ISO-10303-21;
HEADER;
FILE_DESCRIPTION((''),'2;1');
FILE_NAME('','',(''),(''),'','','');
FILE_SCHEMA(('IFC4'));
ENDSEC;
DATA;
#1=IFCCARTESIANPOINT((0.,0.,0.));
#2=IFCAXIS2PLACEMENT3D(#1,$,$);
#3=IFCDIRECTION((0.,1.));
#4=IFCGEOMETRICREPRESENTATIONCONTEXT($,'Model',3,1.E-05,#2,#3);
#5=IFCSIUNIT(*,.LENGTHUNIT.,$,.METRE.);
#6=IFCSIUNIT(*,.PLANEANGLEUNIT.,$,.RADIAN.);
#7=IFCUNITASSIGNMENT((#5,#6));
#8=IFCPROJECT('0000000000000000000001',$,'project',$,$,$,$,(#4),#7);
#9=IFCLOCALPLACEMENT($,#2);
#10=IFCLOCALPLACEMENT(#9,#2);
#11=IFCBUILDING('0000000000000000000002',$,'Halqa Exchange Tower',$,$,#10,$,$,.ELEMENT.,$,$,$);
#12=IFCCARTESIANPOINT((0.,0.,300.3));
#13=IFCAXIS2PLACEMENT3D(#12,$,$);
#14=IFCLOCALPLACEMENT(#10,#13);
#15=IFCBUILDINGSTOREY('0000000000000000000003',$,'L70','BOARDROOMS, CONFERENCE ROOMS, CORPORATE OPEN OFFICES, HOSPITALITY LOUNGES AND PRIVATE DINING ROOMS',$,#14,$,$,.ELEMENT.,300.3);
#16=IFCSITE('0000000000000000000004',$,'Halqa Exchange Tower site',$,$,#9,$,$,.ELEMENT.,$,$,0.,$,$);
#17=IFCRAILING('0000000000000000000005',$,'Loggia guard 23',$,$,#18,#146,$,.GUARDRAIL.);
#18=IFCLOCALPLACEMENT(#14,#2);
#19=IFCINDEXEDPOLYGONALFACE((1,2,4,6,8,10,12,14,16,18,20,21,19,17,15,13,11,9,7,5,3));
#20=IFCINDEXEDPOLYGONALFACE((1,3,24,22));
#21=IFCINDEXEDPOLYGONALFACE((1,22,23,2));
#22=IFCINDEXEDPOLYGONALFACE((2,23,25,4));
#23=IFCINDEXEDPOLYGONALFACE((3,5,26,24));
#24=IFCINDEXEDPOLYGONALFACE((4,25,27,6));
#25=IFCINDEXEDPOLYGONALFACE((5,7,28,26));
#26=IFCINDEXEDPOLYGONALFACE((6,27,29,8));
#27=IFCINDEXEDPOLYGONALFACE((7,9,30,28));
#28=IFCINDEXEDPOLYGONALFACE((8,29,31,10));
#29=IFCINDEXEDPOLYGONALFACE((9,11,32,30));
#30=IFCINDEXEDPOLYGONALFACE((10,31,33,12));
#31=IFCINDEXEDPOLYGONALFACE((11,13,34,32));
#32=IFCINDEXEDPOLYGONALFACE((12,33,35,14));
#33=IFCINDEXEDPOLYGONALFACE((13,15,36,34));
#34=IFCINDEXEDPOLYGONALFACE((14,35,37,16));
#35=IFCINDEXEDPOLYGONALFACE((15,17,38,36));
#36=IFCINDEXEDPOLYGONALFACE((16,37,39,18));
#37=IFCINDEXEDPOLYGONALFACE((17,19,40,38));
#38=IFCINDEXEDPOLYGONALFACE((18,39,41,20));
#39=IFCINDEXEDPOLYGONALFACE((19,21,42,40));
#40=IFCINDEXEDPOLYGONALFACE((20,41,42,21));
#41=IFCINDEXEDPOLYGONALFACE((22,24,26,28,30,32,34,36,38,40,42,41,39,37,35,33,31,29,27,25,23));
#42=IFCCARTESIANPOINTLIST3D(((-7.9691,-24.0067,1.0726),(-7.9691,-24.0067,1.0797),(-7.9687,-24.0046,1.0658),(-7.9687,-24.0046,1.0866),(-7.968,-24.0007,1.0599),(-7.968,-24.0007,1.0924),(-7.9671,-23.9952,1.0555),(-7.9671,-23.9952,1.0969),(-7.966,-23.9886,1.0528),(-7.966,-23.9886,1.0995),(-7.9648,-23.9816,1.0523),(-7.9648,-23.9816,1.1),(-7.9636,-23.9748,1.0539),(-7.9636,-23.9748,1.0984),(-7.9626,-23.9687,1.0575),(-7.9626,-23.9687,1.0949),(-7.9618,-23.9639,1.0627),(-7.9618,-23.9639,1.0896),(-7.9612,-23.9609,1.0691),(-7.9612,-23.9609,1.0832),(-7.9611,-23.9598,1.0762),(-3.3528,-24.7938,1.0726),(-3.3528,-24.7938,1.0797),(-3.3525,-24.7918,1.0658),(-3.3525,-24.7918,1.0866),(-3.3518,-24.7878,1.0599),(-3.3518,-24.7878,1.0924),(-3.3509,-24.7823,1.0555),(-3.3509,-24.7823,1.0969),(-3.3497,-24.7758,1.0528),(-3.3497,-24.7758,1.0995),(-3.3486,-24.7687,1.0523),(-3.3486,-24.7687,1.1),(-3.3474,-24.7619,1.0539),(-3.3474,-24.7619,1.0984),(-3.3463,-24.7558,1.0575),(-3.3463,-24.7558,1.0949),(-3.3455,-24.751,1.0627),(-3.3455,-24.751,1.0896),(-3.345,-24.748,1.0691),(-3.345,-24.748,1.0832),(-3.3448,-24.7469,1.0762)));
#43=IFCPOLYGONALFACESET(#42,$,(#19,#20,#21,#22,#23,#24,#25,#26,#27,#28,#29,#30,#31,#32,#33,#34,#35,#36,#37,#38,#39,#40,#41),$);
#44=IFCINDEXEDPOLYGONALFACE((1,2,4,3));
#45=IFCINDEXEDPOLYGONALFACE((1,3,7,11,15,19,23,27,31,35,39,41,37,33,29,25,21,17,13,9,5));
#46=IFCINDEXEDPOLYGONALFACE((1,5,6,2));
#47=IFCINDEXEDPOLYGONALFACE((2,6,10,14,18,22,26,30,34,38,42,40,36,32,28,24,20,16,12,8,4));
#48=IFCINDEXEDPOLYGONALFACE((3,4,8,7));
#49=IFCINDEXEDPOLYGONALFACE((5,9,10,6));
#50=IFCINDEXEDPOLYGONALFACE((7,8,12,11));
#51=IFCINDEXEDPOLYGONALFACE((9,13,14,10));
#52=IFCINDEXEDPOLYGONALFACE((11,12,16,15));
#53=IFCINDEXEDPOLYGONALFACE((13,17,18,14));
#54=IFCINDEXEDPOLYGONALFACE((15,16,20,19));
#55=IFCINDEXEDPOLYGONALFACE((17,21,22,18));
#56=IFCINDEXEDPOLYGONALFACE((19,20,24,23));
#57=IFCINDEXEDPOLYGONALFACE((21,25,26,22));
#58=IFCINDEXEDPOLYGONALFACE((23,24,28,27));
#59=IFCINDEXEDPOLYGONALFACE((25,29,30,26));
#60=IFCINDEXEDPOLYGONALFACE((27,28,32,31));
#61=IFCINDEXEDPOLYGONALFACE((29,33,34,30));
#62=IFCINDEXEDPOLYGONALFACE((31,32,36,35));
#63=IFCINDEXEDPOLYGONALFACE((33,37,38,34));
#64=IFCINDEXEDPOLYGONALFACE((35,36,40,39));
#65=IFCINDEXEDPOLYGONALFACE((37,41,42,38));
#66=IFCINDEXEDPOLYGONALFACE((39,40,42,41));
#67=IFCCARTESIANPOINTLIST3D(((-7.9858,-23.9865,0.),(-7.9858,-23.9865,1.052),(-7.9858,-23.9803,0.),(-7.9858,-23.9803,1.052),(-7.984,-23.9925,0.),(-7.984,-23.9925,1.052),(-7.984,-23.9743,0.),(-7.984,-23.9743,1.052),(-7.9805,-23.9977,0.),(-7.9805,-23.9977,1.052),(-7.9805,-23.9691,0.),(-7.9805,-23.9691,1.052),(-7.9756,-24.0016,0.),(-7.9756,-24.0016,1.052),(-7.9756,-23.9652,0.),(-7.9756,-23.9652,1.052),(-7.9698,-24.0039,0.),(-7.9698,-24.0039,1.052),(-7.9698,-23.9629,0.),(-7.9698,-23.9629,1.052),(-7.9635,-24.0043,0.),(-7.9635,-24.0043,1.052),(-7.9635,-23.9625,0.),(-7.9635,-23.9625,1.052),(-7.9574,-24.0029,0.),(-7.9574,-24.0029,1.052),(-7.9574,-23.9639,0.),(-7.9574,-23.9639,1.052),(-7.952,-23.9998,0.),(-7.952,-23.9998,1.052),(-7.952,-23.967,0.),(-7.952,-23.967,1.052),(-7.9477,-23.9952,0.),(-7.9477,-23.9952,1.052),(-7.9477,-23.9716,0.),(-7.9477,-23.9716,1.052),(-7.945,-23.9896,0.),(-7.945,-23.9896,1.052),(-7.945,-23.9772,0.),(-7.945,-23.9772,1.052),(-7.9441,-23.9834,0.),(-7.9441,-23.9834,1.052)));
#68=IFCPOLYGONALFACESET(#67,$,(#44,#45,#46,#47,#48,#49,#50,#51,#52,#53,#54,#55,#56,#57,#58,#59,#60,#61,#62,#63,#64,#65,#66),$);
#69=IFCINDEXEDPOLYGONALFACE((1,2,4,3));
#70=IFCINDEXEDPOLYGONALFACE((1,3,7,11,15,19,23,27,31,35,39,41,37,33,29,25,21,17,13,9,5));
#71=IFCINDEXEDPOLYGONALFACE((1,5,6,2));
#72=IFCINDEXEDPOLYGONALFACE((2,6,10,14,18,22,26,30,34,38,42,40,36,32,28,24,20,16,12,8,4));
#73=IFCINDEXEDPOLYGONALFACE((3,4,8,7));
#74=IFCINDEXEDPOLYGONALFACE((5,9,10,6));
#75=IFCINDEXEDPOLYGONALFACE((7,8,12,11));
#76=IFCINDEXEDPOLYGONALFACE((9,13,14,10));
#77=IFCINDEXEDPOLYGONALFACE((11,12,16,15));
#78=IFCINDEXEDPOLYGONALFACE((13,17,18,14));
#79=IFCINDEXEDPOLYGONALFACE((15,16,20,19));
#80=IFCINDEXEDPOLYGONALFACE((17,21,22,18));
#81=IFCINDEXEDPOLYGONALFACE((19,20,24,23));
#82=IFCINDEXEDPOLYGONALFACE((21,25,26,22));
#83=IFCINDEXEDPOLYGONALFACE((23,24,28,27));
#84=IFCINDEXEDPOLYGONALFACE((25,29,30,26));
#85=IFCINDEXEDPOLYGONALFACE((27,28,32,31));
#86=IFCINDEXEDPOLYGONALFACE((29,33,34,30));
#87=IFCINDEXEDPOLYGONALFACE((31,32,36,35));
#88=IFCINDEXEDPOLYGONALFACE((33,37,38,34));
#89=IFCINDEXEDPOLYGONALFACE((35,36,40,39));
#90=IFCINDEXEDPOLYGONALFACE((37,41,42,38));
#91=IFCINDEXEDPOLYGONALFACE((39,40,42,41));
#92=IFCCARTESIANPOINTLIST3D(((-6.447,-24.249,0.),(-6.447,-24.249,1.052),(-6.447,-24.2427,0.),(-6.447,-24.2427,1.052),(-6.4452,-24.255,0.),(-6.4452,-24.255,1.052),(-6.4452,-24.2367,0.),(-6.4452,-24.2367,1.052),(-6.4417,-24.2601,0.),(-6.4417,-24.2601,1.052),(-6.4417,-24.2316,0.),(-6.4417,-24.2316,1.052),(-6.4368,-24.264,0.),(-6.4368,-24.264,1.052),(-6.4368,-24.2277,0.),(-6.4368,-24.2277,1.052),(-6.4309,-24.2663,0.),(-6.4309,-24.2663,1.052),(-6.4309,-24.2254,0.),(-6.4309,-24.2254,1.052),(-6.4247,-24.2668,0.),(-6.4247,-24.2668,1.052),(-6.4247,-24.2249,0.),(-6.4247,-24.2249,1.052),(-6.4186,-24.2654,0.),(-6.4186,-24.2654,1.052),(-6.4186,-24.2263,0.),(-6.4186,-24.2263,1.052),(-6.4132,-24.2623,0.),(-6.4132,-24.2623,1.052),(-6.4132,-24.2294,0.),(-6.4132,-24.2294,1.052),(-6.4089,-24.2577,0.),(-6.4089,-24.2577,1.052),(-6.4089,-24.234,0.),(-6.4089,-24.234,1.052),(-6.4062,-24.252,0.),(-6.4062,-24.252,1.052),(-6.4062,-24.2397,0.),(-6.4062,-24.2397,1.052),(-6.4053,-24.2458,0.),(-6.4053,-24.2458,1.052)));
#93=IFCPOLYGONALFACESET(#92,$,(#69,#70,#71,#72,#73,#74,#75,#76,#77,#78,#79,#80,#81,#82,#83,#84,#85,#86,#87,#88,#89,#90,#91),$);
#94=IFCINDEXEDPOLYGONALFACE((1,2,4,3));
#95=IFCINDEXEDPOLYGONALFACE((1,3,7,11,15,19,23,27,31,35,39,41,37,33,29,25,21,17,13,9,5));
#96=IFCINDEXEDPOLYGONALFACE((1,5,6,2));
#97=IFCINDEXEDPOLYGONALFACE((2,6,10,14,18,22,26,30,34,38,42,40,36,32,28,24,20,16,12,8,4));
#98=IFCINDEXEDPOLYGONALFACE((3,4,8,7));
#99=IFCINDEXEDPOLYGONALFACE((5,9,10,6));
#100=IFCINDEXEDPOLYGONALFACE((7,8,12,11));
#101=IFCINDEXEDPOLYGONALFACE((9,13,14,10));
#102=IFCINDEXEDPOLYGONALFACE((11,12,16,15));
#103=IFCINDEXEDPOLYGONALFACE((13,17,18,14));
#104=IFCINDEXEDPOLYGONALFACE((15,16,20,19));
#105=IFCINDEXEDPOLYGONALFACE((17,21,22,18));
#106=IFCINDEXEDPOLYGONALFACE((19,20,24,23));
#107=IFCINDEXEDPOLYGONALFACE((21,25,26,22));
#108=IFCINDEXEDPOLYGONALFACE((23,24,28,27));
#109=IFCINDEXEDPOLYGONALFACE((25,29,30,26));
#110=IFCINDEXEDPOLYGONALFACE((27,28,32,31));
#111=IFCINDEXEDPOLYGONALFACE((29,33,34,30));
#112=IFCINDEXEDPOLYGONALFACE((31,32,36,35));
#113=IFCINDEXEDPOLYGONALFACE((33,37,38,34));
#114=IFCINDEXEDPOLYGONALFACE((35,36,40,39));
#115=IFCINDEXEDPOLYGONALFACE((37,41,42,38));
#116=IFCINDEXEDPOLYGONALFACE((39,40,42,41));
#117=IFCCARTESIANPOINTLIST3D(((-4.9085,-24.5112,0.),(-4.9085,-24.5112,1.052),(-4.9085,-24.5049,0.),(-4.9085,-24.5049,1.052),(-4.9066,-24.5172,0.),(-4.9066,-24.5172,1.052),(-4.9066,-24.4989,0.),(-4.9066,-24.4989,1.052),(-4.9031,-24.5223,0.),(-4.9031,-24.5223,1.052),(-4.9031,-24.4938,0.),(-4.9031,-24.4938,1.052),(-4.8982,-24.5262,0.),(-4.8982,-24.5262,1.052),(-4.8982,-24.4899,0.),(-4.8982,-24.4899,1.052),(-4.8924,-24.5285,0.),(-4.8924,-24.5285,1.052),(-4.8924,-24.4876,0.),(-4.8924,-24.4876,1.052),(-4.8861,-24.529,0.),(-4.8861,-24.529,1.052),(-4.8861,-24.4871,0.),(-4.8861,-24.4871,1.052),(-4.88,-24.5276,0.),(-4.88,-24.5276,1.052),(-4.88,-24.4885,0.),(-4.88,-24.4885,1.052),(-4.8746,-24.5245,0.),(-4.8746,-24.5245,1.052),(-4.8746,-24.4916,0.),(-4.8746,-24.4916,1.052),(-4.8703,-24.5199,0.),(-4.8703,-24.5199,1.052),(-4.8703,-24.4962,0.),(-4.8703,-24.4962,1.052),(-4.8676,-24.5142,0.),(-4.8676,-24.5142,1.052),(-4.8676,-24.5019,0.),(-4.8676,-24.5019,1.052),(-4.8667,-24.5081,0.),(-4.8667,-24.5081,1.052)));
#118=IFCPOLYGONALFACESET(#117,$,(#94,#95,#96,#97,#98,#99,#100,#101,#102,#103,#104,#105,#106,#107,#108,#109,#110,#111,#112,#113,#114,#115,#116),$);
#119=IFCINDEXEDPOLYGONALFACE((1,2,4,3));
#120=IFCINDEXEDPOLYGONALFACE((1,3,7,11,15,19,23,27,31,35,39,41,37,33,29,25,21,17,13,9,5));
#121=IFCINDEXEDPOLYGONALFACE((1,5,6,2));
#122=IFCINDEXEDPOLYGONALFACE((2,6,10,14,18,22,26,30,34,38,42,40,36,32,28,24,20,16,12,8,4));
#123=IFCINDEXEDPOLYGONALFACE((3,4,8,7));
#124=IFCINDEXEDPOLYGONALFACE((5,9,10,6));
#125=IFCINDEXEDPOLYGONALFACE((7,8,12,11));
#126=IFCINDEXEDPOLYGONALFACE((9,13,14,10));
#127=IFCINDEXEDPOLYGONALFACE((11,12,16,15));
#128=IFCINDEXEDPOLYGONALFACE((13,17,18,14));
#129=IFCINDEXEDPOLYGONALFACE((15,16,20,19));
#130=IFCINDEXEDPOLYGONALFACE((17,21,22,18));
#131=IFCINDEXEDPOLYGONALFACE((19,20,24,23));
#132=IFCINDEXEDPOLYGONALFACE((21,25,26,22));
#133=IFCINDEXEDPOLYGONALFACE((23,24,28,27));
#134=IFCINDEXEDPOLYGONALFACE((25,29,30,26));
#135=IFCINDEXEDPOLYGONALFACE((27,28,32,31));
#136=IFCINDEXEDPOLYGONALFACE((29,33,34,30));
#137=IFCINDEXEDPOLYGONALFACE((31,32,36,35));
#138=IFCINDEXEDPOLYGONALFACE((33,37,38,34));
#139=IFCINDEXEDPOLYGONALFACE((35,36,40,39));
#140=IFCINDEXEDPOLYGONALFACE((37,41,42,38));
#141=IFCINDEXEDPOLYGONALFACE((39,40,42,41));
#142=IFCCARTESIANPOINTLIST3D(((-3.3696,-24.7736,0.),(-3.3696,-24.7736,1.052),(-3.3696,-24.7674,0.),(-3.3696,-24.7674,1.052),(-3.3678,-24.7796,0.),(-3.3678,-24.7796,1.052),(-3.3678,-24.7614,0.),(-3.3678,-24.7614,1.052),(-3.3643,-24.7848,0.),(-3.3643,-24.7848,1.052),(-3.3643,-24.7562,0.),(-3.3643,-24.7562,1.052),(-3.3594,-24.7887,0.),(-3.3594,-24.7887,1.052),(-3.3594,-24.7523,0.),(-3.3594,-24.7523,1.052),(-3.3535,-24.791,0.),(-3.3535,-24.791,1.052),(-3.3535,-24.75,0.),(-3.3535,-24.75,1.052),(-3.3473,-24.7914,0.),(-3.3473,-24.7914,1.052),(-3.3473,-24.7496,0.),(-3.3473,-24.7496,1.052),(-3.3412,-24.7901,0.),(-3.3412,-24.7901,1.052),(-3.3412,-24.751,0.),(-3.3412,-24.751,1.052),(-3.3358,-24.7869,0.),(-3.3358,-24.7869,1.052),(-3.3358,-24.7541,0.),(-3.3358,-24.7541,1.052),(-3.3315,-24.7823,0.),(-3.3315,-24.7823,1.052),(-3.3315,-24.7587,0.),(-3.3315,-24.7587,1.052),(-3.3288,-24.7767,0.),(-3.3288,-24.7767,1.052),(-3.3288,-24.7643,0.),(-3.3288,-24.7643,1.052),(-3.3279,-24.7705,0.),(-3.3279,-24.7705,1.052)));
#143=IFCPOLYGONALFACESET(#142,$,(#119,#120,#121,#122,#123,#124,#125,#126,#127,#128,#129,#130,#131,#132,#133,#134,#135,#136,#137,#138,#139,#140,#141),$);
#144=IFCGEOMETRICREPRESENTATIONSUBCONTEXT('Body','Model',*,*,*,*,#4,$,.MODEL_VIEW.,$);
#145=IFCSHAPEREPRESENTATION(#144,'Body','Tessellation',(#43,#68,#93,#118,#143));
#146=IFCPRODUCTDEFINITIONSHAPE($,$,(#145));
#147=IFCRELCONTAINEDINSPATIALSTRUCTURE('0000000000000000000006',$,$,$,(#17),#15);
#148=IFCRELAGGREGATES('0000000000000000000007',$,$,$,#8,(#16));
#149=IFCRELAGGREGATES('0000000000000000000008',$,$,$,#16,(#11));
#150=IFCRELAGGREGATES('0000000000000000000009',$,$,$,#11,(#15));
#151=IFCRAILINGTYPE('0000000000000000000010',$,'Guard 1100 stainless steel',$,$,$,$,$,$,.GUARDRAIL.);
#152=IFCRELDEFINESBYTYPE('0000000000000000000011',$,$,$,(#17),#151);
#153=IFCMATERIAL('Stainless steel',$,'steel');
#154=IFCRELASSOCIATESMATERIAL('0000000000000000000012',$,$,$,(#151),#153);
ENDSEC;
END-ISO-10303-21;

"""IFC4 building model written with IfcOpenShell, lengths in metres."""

from ifc_helpers import new_model, si_unit, direction, frame, origin, origin_2d, place, context, subcontext, project, spatial, circle, extrude, material, type_object, element, save


model = new_model("IFC4")

# Units and contexts
model_context = context("Model", 3, precision=1e-05, world=origin(), true_north=direction((0.0, 1.0)))
body_context = subcontext(model_context, "Body", "Model", "MODEL_VIEW")
ifc_project = project(units=[si_unit("LENGTHUNIT", "METRE"), si_unit("PLANEANGLEUNIT", "RADIAN")], contexts=[model_context])

# Site, building, storey
site_placement = place(None, origin())
site = spatial("IfcSite", under=ifc_project, at=site_placement, Name="Halqa Exchange Tower site", CompositionType="ELEMENT", RefElevation=0.0)
building_placement = place(site_placement, origin())
building = spatial("IfcBuilding", under=site, at=building_placement, Name="Halqa Exchange Tower", CompositionType="ELEMENT")
storey_placement = place(building_placement, frame((0.0, 0.0, 300.3)))
storey = spatial("IfcBuildingStorey", under=building, at=storey_placement, Name="L70", Description="BOARDROOMS, CONFERENCE ROOMS, CORPORATE OPEN OFFICES, HOSPITALITY LOUNGES AND PRIVATE DINING ROOMS", CompositionType="ELEMENT", Elevation=300.3)

# Railing
ifc_material_1 = material(Name="Stainless steel", Category="steel")
railing_type = type_object("IfcRailingType", Name="Guard 1100 stainless steel", PredefinedType="GUARDRAIL", material=ifc_material_1)
railing_1_placement = place(storey_placement, frame((-7.9651, -23.9834, 0.0)))
element("IfcRailing", 1, at=railing_1_placement, inside=storey, type_object=railing_type, Name="Loggia guard 23", PredefinedType="GUARDRAIL", context=body_context, shape_type="SweptSolid", body=[
    extrude(circle(Radius=0.0239, at=origin_2d()), frame((0.0, 0.0, 1.0762), z_axis=(0.985773, -0.168084, 0.0), x_axis=(0.168084, 0.985773, 0.0)), (0.0, 0.0, 1.0), 4.6829),
    extrude(circle(Radius=0.021, at=origin_2d()), origin(), (0.0, 0.0, 1.0), 1.052),
    extrude(circle(Radius=0.021, at=origin_2d()), frame((1.5388, -0.2625, 0.0)), (0.0, 0.0, 1.0), 1.052),
    extrude(circle(Radius=0.021, at=origin_2d()), frame((3.0774, -0.5247, 0.0)), (0.0, 0.0, 1.0), 1.052),
    extrude(circle(Radius=0.021, at=origin_2d()), frame((4.6162, -0.7871, 0.0)), (0.0, 0.0, 1.0), 1.052),
])

save(model, "model.ifc")
